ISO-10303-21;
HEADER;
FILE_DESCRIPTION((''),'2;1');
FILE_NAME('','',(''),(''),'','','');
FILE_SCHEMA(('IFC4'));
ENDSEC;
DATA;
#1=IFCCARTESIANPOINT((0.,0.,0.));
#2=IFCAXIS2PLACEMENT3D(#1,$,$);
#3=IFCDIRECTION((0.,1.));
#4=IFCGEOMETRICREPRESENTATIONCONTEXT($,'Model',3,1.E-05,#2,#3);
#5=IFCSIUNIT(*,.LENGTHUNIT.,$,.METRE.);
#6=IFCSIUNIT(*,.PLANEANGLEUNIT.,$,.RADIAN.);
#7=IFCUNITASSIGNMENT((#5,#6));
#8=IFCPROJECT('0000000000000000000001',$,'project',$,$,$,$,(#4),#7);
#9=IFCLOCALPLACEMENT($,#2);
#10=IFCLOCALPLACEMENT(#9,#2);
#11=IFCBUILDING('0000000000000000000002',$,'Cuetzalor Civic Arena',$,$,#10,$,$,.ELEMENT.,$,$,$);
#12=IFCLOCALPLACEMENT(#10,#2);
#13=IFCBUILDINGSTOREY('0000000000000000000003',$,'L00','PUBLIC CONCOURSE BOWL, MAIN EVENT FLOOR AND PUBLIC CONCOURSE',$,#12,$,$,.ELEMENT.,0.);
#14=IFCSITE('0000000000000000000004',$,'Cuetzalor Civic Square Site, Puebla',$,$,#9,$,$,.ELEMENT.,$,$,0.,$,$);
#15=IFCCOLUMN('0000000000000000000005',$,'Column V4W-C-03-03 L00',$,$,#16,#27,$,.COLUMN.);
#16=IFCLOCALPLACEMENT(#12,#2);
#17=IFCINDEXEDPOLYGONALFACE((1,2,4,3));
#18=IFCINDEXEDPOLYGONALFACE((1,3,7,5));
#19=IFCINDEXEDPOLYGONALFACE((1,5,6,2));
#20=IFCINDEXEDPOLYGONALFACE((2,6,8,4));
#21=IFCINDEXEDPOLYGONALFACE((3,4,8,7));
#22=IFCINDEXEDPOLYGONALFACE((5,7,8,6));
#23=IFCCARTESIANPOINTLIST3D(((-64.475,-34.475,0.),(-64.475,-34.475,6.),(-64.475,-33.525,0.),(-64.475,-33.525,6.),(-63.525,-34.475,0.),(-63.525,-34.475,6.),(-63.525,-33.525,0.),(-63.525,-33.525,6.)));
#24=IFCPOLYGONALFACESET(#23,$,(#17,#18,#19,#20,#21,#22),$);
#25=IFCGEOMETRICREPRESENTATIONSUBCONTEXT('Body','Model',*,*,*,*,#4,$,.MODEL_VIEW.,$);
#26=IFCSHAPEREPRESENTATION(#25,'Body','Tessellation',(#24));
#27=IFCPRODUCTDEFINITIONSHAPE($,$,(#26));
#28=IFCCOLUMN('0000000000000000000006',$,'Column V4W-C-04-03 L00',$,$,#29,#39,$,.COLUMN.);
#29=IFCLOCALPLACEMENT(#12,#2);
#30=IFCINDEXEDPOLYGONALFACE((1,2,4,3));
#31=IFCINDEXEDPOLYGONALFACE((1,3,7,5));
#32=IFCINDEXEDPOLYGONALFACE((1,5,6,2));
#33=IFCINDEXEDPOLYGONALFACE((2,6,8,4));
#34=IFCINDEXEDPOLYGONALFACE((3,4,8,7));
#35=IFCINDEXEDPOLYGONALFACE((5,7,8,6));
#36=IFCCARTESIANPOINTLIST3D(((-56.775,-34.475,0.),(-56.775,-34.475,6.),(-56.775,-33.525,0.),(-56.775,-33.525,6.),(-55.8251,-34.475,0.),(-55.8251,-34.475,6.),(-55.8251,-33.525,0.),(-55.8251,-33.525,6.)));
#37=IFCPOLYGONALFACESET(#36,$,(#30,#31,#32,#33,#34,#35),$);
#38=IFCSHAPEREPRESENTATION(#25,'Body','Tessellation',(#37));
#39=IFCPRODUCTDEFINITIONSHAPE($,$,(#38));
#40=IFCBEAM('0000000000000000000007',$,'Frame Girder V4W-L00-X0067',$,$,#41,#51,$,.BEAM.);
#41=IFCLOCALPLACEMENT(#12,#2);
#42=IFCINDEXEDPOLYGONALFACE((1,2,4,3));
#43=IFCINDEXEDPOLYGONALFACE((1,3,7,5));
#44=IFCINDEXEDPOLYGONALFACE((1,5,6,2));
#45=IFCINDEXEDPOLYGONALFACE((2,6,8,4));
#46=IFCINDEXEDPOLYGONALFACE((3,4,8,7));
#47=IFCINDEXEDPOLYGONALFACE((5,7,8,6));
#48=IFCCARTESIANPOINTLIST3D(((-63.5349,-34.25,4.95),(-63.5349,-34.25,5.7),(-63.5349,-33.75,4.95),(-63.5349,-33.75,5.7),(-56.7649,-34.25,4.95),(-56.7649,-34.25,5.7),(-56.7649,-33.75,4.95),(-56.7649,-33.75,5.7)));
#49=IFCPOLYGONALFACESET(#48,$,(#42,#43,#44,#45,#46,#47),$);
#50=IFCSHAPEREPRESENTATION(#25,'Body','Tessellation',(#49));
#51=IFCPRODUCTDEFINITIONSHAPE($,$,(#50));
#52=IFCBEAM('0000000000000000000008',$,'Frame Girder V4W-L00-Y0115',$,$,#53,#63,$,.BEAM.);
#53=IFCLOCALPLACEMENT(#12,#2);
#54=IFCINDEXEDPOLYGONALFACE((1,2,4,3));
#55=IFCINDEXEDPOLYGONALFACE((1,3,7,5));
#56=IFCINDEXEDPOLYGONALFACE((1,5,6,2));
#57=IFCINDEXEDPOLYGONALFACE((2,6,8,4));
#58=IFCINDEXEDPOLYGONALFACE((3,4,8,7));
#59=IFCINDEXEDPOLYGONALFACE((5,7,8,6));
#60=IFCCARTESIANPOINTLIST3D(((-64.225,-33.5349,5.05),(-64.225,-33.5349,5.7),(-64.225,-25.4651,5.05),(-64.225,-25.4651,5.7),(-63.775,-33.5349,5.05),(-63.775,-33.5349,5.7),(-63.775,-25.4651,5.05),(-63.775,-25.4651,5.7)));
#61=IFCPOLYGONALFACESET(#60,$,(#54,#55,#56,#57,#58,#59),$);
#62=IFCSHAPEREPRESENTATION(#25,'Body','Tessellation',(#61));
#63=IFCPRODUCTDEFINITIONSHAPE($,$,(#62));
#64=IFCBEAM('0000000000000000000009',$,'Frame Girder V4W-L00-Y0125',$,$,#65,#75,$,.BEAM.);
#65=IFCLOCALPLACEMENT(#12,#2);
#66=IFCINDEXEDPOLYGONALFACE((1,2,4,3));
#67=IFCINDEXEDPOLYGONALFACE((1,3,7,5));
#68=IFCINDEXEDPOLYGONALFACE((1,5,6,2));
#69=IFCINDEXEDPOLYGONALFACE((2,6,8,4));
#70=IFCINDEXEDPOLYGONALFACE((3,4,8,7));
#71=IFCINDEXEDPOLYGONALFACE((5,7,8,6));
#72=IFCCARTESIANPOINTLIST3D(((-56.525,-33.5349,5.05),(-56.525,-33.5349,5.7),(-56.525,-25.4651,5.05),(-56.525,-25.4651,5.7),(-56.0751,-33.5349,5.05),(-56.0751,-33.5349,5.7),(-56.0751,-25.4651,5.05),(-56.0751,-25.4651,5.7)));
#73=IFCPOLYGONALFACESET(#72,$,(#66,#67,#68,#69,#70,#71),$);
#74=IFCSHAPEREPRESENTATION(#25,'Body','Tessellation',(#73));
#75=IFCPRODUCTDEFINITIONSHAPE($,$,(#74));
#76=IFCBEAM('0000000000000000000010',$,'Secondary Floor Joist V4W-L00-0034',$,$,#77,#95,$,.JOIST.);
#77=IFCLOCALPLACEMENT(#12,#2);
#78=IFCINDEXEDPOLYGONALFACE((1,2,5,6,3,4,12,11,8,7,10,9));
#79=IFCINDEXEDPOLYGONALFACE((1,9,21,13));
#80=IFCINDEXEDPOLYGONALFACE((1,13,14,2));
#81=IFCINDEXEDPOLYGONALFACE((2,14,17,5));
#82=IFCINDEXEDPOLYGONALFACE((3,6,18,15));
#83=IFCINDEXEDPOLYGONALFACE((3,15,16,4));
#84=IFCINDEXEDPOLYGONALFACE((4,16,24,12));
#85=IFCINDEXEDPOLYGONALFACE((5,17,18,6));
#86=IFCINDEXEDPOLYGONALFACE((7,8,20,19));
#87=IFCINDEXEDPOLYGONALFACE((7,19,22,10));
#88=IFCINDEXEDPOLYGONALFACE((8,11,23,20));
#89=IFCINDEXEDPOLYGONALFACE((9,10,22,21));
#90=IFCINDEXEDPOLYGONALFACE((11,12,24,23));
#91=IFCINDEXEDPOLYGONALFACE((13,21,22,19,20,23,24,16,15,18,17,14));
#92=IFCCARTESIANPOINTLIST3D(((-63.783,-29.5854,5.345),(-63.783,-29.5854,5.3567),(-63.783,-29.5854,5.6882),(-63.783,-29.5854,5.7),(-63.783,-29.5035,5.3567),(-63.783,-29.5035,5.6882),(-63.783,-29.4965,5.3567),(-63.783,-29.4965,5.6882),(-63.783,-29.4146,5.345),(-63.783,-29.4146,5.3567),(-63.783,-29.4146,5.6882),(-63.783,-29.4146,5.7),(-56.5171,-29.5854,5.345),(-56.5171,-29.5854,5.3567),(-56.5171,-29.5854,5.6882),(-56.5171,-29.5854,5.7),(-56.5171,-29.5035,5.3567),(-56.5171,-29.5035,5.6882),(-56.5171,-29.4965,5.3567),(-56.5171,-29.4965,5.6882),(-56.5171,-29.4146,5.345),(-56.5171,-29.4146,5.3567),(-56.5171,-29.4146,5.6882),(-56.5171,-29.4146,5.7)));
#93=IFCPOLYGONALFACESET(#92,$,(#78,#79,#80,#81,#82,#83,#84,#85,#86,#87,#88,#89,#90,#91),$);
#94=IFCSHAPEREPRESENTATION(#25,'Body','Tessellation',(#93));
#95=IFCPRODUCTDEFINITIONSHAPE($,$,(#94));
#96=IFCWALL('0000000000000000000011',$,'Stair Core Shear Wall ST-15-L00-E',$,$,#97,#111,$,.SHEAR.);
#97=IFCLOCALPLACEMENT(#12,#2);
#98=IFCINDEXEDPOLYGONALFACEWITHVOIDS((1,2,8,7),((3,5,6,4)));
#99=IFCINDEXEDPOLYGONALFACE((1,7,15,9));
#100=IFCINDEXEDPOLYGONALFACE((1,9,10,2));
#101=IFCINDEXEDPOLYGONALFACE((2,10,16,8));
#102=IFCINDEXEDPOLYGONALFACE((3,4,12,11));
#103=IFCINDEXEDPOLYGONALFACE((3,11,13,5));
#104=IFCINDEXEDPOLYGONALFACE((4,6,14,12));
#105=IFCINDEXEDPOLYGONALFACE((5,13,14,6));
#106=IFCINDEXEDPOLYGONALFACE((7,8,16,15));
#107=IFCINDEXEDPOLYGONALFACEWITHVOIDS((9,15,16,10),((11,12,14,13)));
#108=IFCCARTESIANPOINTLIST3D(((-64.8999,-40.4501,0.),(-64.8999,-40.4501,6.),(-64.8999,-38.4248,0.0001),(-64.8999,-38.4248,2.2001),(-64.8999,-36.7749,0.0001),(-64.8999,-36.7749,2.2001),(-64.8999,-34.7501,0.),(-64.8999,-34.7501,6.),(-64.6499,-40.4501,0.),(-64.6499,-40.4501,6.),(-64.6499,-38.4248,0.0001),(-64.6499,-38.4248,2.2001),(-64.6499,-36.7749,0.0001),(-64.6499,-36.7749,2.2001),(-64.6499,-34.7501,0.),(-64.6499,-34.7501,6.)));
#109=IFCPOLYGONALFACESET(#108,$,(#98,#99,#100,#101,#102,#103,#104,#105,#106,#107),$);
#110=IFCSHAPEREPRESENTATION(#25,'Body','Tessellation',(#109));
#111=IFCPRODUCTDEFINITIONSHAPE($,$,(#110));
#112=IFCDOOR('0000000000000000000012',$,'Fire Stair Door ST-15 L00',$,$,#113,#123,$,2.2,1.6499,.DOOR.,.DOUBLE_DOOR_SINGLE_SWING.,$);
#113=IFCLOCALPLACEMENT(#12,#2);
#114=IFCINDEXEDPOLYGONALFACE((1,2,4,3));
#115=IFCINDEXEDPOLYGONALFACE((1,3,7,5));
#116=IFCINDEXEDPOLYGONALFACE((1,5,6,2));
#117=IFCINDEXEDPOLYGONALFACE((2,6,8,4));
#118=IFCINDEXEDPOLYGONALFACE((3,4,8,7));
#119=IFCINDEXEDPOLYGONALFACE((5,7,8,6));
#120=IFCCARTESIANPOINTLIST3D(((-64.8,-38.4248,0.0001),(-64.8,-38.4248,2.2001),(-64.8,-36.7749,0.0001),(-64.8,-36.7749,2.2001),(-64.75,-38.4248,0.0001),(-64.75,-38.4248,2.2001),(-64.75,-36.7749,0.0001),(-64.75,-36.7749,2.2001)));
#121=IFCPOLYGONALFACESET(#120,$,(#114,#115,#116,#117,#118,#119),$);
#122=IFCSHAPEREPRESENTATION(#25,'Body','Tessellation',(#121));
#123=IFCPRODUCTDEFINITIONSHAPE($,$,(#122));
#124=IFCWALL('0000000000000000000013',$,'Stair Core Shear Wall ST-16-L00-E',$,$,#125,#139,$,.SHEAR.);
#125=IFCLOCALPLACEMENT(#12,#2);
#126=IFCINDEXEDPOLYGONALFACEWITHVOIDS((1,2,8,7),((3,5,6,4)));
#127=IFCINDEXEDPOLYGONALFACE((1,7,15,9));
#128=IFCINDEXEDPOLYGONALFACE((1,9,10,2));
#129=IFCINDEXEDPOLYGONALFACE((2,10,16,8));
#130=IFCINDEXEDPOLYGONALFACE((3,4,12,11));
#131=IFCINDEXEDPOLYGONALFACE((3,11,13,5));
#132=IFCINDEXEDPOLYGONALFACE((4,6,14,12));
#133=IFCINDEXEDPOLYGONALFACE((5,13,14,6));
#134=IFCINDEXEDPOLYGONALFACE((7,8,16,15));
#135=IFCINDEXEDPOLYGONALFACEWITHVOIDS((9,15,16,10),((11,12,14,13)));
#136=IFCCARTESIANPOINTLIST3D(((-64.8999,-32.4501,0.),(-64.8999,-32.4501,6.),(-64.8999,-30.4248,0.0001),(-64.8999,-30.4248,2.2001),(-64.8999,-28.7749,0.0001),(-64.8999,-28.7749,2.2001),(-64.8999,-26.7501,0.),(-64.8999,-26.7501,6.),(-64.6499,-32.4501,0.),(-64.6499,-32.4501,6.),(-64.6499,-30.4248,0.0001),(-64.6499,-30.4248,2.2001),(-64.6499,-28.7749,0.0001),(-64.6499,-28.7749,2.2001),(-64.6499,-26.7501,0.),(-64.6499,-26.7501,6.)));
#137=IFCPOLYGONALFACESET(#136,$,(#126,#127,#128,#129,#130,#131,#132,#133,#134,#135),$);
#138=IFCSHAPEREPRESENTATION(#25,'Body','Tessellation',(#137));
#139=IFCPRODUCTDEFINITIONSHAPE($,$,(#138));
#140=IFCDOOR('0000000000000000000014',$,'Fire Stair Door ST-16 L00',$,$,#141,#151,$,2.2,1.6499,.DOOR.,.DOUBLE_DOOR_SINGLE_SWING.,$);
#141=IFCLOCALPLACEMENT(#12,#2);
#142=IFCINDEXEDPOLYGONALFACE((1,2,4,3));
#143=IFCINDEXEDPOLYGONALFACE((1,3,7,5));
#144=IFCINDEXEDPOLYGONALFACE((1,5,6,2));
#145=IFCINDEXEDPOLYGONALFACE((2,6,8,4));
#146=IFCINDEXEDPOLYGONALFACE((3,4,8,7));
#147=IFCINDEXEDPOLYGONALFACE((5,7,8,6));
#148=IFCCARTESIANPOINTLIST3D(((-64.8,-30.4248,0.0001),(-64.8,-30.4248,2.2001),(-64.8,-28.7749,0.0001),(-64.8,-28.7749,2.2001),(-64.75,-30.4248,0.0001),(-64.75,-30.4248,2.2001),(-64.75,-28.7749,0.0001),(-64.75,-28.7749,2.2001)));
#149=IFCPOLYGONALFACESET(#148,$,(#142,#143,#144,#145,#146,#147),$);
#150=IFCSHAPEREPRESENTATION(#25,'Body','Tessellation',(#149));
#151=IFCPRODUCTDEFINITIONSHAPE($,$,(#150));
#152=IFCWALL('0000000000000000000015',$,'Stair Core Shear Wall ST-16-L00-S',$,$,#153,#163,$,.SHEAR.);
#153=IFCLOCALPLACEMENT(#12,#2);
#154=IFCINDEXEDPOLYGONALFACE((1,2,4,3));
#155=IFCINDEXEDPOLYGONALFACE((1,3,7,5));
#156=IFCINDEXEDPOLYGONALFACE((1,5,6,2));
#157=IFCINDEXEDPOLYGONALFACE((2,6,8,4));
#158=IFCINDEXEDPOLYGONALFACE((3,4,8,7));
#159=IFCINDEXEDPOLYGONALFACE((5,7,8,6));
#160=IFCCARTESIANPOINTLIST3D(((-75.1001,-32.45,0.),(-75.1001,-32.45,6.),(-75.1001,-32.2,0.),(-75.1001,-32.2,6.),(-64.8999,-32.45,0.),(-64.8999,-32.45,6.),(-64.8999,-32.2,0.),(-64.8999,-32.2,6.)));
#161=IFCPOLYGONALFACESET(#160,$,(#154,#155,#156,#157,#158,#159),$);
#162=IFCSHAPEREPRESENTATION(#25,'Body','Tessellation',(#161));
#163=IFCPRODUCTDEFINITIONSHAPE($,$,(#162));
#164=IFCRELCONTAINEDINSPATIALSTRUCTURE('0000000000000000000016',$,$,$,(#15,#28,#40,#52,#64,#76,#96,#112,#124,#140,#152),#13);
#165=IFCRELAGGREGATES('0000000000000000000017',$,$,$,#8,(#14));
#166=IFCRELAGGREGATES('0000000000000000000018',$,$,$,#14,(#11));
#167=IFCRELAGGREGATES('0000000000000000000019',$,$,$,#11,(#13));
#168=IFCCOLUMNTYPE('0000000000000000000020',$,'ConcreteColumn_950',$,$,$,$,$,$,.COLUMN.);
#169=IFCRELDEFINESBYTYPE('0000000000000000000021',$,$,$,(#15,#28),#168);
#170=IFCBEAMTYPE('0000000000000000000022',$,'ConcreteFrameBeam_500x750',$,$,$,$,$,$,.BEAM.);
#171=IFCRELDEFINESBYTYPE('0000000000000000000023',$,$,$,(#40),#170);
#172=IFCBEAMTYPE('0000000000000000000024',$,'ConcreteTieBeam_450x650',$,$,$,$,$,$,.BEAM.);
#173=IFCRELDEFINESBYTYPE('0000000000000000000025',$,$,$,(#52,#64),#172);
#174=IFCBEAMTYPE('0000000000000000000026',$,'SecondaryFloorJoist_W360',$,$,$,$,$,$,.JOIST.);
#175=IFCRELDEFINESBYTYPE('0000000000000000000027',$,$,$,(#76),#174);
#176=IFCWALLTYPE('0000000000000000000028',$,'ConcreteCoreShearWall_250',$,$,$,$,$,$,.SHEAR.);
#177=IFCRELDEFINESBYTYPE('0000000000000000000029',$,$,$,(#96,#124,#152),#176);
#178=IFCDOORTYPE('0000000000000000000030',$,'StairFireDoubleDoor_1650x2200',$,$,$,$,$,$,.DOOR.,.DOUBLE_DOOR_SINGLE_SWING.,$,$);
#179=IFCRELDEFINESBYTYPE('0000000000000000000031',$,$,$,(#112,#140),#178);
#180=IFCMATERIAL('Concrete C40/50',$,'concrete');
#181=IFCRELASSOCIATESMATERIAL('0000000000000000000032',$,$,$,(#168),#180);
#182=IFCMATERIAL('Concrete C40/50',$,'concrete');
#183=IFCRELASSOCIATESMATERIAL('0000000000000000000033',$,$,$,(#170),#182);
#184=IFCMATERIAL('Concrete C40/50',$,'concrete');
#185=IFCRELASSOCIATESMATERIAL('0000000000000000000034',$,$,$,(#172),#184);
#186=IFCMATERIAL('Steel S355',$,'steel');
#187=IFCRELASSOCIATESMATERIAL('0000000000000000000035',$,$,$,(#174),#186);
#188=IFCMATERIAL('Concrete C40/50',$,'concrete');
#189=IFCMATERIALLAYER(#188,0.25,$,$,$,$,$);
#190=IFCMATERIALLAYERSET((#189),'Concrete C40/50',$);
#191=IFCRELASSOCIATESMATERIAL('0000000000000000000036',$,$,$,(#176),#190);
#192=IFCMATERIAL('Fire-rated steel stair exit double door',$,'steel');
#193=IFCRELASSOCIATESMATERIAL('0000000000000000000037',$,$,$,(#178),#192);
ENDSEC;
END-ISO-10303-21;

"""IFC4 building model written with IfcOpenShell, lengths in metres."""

from ifc_helpers import new_model, si_unit, direction, frame, frame_2d, origin, origin_2d, place, context, subcontext, project, spatial, rectangle, i_section, extrude, material, layer, layer_set, material_profile, profile_set, type_object, element, fill, save


model = new_model("IFC4")

# Units and contexts
model_context = context("Model", 3, precision=1e-05, world=origin(), true_north=direction((0.0, 1.0)))
body_context = subcontext(model_context, "Body", "Model", "MODEL_VIEW")
ifc_project = project(units=[si_unit("LENGTHUNIT", "METRE"), si_unit("PLANEANGLEUNIT", "RADIAN")], contexts=[model_context])

# Site, building, storey
site_placement = place(None, origin())
site = spatial("IfcSite", under=ifc_project, at=site_placement, Name="Cuetzalor Civic Square Site, Puebla", CompositionType="ELEMENT", RefElevation=0.0)
building_placement = place(site_placement, origin())
building = spatial("IfcBuilding", under=site, at=building_placement, Name="Cuetzalor Civic Arena", CompositionType="ELEMENT")
storey_placement = place(building_placement, origin())
storey = spatial("IfcBuildingStorey", under=building, at=storey_placement, Name="L00", Description="PUBLIC CONCOURSE BOWL, MAIN EVENT FLOOR AND PUBLIC CONCOURSE", CompositionType="ELEMENT", Elevation=0.0)

# Columns
ifc_material_1 = material(Name="Concrete C40/50", Category="concrete")
ifc_material_profile_1 = material_profile(ifc_material_1, rectangle(XDim=0.95, YDim=0.95, at=origin_2d()), Name="RC 950x950")
ifc_profile_set_1 = profile_set([ifc_material_profile_1], Name="Concrete C40/50")
column_type = type_object("IfcColumnType", Name="ConcreteColumn_950", PredefinedType="COLUMN", material=ifc_profile_set_1)
for number, where, z_axis, x_axis, name in (
    (1, (-64.0, -34.0, 0.0), (0.0, 0.0, 1.0), (1.0, 0.0, 0.0), "Column V4W-C-03-03 L00"),
    (2, (-56.3, -34.0, 0.0), (0.0, 0.0, 1.0), (1.0, 0.0, 0.0), "Column V4W-C-04-03 L00"),
):
    element("IfcColumn", number, at=place(storey_placement, frame(where, z_axis=z_axis, x_axis=x_axis)), inside=storey, type_object=column_type, Name=name, PredefinedType="COLUMN", context=body_context, shape_type="SweptSolid", body=[
        extrude(rectangle(XDim=0.95, YDim=0.95, at=origin_2d()), origin(), (0.0, 0.0, 1.0), 6.0),
    ])

# Beams
ifc_material_2 = material(Name="Concrete C40/50", Category="concrete")
ifc_material_profile_2 = material_profile(ifc_material_2, rectangle(XDim=0.5, YDim=0.75, at=origin_2d()), Name="RC 500x750")
ifc_profile_set_2 = profile_set([ifc_material_profile_2], Name="Concrete C40/50")
beam_type_1 = type_object("IfcBeamType", Name="ConcreteFrameBeam_500x750", PredefinedType="BEAM", material=ifc_profile_set_2)
beam_1_placement = place(storey_placement, frame((-63.5349, -34.0, 5.325), z_axis=(1.0, 0.0, 0.0), x_axis=(0.0, 1.0, 0.0)))
element("IfcBeam", 3, at=beam_1_placement, inside=storey, type_object=beam_type_1, Name="Frame Girder V4W-L00-X0067", PredefinedType="BEAM", context=body_context, shape_type="SweptSolid", body=[
    extrude(rectangle(XDim=0.5, YDim=0.75, at=origin_2d()), origin(), (0.0, 0.0, 1.0), 6.77),
])
ifc_material_3 = material(Name="Concrete C40/50", Category="concrete")
ifc_material_profile_3 = material_profile(ifc_material_3, rectangle(XDim=0.45, YDim=0.6499, at=origin_2d()), Name="RC 450x650")
ifc_profile_set_3 = profile_set([ifc_material_profile_3], Name="Concrete C40/50")
beam_type_2 = type_object("IfcBeamType", Name="ConcreteTieBeam_450x650", PredefinedType="BEAM", material=ifc_profile_set_3)
for number, where, z_axis, x_axis, name in (
    (4, (-64.0, -33.5349, 5.375), (0.0, 1.0, 0.0), (-1.0, 0.0, 0.0), "Frame Girder V4W-L00-Y0115"),
    (5, (-56.3, -33.5349, 5.375), (0.0, 1.0, 0.0), (-1.0, 0.0, 0.0), "Frame Girder V4W-L00-Y0125"),
):
    element("IfcBeam", number, at=place(storey_placement, frame(where, z_axis=z_axis, x_axis=x_axis)), inside=storey, type_object=beam_type_2, Name=name, PredefinedType="BEAM", context=body_context, shape_type="SweptSolid", body=[
        extrude(rectangle(XDim=0.45, YDim=0.6499, at=origin_2d()), origin(), (0.0, 0.0, 1.0), 8.0698),
    ])
ifc_material_4 = material(Name="Steel S355", Category="steel")
ifc_material_profile_4 = material_profile(ifc_material_4, i_section(OverallWidth=0.1709, OverallDepth=0.355, WebThickness=0.0071, FlangeThickness=0.0117, at=origin_2d()), Name="W360x51")
ifc_profile_set_4 = profile_set([ifc_material_profile_4], Name="Steel S355")
beam_type_3 = type_object("IfcBeamType", Name="SecondaryFloorJoist_W360", PredefinedType="JOIST", material=ifc_profile_set_4)
beam_2_placement = place(storey_placement, frame((-63.783, -29.5, 5.5225), z_axis=(1.0, 0.0, 0.0), x_axis=(0.0, 1.0, 0.0)))
element("IfcBeam", 6, at=beam_2_placement, inside=storey, type_object=beam_type_3, Name="Secondary Floor Joist V4W-L00-0034", PredefinedType="JOIST", context=body_context, shape_type="SweptSolid", body=[
    extrude(i_section(OverallWidth=0.1709, OverallDepth=0.355, WebThickness=0.0071, FlangeThickness=0.0117, at=origin_2d()), origin(), (0.0, 0.0, 1.0), 7.2659),
])

# Walls, openings, doors
ifc_material_5 = material(Name="Concrete C40/50", Category="concrete")
ifc_layer = layer(ifc_material_5, 0.25)
ifc_layer_set = layer_set([ifc_layer], Name="Concrete C40/50")
wall_type = type_object("IfcWallType", Name="ConcreteCoreShearWall_250", PredefinedType="SHEAR", material=ifc_layer_set)
wall_1_placement = place(storey_placement, frame((-64.7749, -34.75, 0.0), z_axis=(0.0, 0.0, 1.0), x_axis=(0.0, -1.0, 0.0)))
wall_1 = element("IfcWall", 7, at=wall_1_placement, inside=storey, type_object=wall_type, Name="Stair Core Shear Wall ST-15-L00-E", PredefinedType="SHEAR", context=body_context, shape_type="SweptSolid", body=[
    extrude(rectangle(XDim=5.7, YDim=0.25, at=frame_2d((2.8501, 0.0))), origin(), (0.0, 0.0, 1.0), 6.0),
])
opening_1_placement = place(wall_1_placement, frame((2.0249, 0.0, 0.0)))
opening_1 = element("IfcOpeningElement", 8, at=opening_1_placement, cuts=wall_1, PredefinedType="OPENING", context=body_context, shape_type="SweptSolid", body=[
    extrude(rectangle(XDim=1.6499, YDim=2.2, at=frame_2d((0.825, 1.1001))), frame((0.0, 0.135, 0.0), z_axis=(0.0, -1.0, 0.0), x_axis=(1.0, 0.0, 0.0)), (0.0, 0.0, 1.0), 0.27),
])
ifc_material_6 = material(Name="Fire-rated steel stair exit double door", Category="steel")
door_type = type_object("IfcDoorType", Name="StairFireDoubleDoor_1650x2200", OperationType="DOUBLE_DOOR_SINGLE_SWING", PredefinedType="DOOR", material=ifc_material_6)
door_1_placement = place(opening_1_placement, origin())
door_1 = element("IfcDoor", 9, at=door_1_placement, inside=storey, type_object=door_type, Name="Fire Stair Door ST-15 L00", OperationType="DOUBLE_DOOR_SINGLE_SWING", OverallHeight=2.2, OverallWidth=1.6499, PredefinedType="DOOR", context=body_context, shape_type="SweptSolid", body=[
    extrude(rectangle(XDim=1.6499, YDim=2.2, at=frame_2d((0.825, 1.1001))), frame((0.0, 0.0249, 0.0), z_axis=(0.0, -1.0, 0.0), x_axis=(1.0, 0.0, 0.0)), (0.0, 0.0, 1.0), 0.05),
])
fill(opening_1, door_1)
wall_2_placement = place(storey_placement, frame((-64.7749, -26.75, 0.0), z_axis=(0.0, 0.0, 1.0), x_axis=(0.0, -1.0, 0.0)))
wall_2 = element("IfcWall", 10, at=wall_2_placement, inside=storey, type_object=wall_type, Name="Stair Core Shear Wall ST-16-L00-E", PredefinedType="SHEAR", context=body_context, shape_type="SweptSolid", body=[
    extrude(rectangle(XDim=5.7, YDim=0.25, at=frame_2d((2.8501, 0.0))), origin(), (0.0, 0.0, 1.0), 6.0),
])
opening_2_placement = place(wall_2_placement, frame((2.0249, 0.0, 0.0)))
opening_2 = element("IfcOpeningElement", 11, at=opening_2_placement, cuts=wall_2, PredefinedType="OPENING", context=body_context, shape_type="SweptSolid", body=[
    extrude(rectangle(XDim=1.6499, YDim=2.2, at=frame_2d((0.825, 1.1001))), frame((0.0, 0.135, 0.0), z_axis=(0.0, -1.0, 0.0), x_axis=(1.0, 0.0, 0.0)), (0.0, 0.0, 1.0), 0.27),
])
door_2_placement = place(opening_2_placement, origin())
door_2 = element("IfcDoor", 12, at=door_2_placement, inside=storey, type_object=door_type, Name="Fire Stair Door ST-16 L00", OperationType="DOUBLE_DOOR_SINGLE_SWING", OverallHeight=2.2, OverallWidth=1.6499, PredefinedType="DOOR", context=body_context, shape_type="SweptSolid", body=[
    extrude(rectangle(XDim=1.6499, YDim=2.2, at=frame_2d((0.825, 1.1001))), frame((0.0, 0.0249, 0.0), z_axis=(0.0, -1.0, 0.0), x_axis=(1.0, 0.0, 0.0)), (0.0, 0.0, 1.0), 0.05),
])
fill(opening_2, door_2)

# Wall
wall_3_placement = place(storey_placement, frame((-64.8999, -32.325, 0.0), z_axis=(0.0, 0.0, 1.0), x_axis=(-1.0, 0.0, 0.0)))
element("IfcWall", 13, at=wall_3_placement, inside=storey, type_object=wall_type, Name="Stair Core Shear Wall ST-16-L00-S", PredefinedType="SHEAR", context=body_context, shape_type="SweptSolid", body=[
    extrude(rectangle(XDim=10.2002, YDim=0.25, at=frame_2d((5.1001, 0.0))), origin(), (0.0, 0.0, 1.0), 6.0),
])

save(model, "model.ifc")
